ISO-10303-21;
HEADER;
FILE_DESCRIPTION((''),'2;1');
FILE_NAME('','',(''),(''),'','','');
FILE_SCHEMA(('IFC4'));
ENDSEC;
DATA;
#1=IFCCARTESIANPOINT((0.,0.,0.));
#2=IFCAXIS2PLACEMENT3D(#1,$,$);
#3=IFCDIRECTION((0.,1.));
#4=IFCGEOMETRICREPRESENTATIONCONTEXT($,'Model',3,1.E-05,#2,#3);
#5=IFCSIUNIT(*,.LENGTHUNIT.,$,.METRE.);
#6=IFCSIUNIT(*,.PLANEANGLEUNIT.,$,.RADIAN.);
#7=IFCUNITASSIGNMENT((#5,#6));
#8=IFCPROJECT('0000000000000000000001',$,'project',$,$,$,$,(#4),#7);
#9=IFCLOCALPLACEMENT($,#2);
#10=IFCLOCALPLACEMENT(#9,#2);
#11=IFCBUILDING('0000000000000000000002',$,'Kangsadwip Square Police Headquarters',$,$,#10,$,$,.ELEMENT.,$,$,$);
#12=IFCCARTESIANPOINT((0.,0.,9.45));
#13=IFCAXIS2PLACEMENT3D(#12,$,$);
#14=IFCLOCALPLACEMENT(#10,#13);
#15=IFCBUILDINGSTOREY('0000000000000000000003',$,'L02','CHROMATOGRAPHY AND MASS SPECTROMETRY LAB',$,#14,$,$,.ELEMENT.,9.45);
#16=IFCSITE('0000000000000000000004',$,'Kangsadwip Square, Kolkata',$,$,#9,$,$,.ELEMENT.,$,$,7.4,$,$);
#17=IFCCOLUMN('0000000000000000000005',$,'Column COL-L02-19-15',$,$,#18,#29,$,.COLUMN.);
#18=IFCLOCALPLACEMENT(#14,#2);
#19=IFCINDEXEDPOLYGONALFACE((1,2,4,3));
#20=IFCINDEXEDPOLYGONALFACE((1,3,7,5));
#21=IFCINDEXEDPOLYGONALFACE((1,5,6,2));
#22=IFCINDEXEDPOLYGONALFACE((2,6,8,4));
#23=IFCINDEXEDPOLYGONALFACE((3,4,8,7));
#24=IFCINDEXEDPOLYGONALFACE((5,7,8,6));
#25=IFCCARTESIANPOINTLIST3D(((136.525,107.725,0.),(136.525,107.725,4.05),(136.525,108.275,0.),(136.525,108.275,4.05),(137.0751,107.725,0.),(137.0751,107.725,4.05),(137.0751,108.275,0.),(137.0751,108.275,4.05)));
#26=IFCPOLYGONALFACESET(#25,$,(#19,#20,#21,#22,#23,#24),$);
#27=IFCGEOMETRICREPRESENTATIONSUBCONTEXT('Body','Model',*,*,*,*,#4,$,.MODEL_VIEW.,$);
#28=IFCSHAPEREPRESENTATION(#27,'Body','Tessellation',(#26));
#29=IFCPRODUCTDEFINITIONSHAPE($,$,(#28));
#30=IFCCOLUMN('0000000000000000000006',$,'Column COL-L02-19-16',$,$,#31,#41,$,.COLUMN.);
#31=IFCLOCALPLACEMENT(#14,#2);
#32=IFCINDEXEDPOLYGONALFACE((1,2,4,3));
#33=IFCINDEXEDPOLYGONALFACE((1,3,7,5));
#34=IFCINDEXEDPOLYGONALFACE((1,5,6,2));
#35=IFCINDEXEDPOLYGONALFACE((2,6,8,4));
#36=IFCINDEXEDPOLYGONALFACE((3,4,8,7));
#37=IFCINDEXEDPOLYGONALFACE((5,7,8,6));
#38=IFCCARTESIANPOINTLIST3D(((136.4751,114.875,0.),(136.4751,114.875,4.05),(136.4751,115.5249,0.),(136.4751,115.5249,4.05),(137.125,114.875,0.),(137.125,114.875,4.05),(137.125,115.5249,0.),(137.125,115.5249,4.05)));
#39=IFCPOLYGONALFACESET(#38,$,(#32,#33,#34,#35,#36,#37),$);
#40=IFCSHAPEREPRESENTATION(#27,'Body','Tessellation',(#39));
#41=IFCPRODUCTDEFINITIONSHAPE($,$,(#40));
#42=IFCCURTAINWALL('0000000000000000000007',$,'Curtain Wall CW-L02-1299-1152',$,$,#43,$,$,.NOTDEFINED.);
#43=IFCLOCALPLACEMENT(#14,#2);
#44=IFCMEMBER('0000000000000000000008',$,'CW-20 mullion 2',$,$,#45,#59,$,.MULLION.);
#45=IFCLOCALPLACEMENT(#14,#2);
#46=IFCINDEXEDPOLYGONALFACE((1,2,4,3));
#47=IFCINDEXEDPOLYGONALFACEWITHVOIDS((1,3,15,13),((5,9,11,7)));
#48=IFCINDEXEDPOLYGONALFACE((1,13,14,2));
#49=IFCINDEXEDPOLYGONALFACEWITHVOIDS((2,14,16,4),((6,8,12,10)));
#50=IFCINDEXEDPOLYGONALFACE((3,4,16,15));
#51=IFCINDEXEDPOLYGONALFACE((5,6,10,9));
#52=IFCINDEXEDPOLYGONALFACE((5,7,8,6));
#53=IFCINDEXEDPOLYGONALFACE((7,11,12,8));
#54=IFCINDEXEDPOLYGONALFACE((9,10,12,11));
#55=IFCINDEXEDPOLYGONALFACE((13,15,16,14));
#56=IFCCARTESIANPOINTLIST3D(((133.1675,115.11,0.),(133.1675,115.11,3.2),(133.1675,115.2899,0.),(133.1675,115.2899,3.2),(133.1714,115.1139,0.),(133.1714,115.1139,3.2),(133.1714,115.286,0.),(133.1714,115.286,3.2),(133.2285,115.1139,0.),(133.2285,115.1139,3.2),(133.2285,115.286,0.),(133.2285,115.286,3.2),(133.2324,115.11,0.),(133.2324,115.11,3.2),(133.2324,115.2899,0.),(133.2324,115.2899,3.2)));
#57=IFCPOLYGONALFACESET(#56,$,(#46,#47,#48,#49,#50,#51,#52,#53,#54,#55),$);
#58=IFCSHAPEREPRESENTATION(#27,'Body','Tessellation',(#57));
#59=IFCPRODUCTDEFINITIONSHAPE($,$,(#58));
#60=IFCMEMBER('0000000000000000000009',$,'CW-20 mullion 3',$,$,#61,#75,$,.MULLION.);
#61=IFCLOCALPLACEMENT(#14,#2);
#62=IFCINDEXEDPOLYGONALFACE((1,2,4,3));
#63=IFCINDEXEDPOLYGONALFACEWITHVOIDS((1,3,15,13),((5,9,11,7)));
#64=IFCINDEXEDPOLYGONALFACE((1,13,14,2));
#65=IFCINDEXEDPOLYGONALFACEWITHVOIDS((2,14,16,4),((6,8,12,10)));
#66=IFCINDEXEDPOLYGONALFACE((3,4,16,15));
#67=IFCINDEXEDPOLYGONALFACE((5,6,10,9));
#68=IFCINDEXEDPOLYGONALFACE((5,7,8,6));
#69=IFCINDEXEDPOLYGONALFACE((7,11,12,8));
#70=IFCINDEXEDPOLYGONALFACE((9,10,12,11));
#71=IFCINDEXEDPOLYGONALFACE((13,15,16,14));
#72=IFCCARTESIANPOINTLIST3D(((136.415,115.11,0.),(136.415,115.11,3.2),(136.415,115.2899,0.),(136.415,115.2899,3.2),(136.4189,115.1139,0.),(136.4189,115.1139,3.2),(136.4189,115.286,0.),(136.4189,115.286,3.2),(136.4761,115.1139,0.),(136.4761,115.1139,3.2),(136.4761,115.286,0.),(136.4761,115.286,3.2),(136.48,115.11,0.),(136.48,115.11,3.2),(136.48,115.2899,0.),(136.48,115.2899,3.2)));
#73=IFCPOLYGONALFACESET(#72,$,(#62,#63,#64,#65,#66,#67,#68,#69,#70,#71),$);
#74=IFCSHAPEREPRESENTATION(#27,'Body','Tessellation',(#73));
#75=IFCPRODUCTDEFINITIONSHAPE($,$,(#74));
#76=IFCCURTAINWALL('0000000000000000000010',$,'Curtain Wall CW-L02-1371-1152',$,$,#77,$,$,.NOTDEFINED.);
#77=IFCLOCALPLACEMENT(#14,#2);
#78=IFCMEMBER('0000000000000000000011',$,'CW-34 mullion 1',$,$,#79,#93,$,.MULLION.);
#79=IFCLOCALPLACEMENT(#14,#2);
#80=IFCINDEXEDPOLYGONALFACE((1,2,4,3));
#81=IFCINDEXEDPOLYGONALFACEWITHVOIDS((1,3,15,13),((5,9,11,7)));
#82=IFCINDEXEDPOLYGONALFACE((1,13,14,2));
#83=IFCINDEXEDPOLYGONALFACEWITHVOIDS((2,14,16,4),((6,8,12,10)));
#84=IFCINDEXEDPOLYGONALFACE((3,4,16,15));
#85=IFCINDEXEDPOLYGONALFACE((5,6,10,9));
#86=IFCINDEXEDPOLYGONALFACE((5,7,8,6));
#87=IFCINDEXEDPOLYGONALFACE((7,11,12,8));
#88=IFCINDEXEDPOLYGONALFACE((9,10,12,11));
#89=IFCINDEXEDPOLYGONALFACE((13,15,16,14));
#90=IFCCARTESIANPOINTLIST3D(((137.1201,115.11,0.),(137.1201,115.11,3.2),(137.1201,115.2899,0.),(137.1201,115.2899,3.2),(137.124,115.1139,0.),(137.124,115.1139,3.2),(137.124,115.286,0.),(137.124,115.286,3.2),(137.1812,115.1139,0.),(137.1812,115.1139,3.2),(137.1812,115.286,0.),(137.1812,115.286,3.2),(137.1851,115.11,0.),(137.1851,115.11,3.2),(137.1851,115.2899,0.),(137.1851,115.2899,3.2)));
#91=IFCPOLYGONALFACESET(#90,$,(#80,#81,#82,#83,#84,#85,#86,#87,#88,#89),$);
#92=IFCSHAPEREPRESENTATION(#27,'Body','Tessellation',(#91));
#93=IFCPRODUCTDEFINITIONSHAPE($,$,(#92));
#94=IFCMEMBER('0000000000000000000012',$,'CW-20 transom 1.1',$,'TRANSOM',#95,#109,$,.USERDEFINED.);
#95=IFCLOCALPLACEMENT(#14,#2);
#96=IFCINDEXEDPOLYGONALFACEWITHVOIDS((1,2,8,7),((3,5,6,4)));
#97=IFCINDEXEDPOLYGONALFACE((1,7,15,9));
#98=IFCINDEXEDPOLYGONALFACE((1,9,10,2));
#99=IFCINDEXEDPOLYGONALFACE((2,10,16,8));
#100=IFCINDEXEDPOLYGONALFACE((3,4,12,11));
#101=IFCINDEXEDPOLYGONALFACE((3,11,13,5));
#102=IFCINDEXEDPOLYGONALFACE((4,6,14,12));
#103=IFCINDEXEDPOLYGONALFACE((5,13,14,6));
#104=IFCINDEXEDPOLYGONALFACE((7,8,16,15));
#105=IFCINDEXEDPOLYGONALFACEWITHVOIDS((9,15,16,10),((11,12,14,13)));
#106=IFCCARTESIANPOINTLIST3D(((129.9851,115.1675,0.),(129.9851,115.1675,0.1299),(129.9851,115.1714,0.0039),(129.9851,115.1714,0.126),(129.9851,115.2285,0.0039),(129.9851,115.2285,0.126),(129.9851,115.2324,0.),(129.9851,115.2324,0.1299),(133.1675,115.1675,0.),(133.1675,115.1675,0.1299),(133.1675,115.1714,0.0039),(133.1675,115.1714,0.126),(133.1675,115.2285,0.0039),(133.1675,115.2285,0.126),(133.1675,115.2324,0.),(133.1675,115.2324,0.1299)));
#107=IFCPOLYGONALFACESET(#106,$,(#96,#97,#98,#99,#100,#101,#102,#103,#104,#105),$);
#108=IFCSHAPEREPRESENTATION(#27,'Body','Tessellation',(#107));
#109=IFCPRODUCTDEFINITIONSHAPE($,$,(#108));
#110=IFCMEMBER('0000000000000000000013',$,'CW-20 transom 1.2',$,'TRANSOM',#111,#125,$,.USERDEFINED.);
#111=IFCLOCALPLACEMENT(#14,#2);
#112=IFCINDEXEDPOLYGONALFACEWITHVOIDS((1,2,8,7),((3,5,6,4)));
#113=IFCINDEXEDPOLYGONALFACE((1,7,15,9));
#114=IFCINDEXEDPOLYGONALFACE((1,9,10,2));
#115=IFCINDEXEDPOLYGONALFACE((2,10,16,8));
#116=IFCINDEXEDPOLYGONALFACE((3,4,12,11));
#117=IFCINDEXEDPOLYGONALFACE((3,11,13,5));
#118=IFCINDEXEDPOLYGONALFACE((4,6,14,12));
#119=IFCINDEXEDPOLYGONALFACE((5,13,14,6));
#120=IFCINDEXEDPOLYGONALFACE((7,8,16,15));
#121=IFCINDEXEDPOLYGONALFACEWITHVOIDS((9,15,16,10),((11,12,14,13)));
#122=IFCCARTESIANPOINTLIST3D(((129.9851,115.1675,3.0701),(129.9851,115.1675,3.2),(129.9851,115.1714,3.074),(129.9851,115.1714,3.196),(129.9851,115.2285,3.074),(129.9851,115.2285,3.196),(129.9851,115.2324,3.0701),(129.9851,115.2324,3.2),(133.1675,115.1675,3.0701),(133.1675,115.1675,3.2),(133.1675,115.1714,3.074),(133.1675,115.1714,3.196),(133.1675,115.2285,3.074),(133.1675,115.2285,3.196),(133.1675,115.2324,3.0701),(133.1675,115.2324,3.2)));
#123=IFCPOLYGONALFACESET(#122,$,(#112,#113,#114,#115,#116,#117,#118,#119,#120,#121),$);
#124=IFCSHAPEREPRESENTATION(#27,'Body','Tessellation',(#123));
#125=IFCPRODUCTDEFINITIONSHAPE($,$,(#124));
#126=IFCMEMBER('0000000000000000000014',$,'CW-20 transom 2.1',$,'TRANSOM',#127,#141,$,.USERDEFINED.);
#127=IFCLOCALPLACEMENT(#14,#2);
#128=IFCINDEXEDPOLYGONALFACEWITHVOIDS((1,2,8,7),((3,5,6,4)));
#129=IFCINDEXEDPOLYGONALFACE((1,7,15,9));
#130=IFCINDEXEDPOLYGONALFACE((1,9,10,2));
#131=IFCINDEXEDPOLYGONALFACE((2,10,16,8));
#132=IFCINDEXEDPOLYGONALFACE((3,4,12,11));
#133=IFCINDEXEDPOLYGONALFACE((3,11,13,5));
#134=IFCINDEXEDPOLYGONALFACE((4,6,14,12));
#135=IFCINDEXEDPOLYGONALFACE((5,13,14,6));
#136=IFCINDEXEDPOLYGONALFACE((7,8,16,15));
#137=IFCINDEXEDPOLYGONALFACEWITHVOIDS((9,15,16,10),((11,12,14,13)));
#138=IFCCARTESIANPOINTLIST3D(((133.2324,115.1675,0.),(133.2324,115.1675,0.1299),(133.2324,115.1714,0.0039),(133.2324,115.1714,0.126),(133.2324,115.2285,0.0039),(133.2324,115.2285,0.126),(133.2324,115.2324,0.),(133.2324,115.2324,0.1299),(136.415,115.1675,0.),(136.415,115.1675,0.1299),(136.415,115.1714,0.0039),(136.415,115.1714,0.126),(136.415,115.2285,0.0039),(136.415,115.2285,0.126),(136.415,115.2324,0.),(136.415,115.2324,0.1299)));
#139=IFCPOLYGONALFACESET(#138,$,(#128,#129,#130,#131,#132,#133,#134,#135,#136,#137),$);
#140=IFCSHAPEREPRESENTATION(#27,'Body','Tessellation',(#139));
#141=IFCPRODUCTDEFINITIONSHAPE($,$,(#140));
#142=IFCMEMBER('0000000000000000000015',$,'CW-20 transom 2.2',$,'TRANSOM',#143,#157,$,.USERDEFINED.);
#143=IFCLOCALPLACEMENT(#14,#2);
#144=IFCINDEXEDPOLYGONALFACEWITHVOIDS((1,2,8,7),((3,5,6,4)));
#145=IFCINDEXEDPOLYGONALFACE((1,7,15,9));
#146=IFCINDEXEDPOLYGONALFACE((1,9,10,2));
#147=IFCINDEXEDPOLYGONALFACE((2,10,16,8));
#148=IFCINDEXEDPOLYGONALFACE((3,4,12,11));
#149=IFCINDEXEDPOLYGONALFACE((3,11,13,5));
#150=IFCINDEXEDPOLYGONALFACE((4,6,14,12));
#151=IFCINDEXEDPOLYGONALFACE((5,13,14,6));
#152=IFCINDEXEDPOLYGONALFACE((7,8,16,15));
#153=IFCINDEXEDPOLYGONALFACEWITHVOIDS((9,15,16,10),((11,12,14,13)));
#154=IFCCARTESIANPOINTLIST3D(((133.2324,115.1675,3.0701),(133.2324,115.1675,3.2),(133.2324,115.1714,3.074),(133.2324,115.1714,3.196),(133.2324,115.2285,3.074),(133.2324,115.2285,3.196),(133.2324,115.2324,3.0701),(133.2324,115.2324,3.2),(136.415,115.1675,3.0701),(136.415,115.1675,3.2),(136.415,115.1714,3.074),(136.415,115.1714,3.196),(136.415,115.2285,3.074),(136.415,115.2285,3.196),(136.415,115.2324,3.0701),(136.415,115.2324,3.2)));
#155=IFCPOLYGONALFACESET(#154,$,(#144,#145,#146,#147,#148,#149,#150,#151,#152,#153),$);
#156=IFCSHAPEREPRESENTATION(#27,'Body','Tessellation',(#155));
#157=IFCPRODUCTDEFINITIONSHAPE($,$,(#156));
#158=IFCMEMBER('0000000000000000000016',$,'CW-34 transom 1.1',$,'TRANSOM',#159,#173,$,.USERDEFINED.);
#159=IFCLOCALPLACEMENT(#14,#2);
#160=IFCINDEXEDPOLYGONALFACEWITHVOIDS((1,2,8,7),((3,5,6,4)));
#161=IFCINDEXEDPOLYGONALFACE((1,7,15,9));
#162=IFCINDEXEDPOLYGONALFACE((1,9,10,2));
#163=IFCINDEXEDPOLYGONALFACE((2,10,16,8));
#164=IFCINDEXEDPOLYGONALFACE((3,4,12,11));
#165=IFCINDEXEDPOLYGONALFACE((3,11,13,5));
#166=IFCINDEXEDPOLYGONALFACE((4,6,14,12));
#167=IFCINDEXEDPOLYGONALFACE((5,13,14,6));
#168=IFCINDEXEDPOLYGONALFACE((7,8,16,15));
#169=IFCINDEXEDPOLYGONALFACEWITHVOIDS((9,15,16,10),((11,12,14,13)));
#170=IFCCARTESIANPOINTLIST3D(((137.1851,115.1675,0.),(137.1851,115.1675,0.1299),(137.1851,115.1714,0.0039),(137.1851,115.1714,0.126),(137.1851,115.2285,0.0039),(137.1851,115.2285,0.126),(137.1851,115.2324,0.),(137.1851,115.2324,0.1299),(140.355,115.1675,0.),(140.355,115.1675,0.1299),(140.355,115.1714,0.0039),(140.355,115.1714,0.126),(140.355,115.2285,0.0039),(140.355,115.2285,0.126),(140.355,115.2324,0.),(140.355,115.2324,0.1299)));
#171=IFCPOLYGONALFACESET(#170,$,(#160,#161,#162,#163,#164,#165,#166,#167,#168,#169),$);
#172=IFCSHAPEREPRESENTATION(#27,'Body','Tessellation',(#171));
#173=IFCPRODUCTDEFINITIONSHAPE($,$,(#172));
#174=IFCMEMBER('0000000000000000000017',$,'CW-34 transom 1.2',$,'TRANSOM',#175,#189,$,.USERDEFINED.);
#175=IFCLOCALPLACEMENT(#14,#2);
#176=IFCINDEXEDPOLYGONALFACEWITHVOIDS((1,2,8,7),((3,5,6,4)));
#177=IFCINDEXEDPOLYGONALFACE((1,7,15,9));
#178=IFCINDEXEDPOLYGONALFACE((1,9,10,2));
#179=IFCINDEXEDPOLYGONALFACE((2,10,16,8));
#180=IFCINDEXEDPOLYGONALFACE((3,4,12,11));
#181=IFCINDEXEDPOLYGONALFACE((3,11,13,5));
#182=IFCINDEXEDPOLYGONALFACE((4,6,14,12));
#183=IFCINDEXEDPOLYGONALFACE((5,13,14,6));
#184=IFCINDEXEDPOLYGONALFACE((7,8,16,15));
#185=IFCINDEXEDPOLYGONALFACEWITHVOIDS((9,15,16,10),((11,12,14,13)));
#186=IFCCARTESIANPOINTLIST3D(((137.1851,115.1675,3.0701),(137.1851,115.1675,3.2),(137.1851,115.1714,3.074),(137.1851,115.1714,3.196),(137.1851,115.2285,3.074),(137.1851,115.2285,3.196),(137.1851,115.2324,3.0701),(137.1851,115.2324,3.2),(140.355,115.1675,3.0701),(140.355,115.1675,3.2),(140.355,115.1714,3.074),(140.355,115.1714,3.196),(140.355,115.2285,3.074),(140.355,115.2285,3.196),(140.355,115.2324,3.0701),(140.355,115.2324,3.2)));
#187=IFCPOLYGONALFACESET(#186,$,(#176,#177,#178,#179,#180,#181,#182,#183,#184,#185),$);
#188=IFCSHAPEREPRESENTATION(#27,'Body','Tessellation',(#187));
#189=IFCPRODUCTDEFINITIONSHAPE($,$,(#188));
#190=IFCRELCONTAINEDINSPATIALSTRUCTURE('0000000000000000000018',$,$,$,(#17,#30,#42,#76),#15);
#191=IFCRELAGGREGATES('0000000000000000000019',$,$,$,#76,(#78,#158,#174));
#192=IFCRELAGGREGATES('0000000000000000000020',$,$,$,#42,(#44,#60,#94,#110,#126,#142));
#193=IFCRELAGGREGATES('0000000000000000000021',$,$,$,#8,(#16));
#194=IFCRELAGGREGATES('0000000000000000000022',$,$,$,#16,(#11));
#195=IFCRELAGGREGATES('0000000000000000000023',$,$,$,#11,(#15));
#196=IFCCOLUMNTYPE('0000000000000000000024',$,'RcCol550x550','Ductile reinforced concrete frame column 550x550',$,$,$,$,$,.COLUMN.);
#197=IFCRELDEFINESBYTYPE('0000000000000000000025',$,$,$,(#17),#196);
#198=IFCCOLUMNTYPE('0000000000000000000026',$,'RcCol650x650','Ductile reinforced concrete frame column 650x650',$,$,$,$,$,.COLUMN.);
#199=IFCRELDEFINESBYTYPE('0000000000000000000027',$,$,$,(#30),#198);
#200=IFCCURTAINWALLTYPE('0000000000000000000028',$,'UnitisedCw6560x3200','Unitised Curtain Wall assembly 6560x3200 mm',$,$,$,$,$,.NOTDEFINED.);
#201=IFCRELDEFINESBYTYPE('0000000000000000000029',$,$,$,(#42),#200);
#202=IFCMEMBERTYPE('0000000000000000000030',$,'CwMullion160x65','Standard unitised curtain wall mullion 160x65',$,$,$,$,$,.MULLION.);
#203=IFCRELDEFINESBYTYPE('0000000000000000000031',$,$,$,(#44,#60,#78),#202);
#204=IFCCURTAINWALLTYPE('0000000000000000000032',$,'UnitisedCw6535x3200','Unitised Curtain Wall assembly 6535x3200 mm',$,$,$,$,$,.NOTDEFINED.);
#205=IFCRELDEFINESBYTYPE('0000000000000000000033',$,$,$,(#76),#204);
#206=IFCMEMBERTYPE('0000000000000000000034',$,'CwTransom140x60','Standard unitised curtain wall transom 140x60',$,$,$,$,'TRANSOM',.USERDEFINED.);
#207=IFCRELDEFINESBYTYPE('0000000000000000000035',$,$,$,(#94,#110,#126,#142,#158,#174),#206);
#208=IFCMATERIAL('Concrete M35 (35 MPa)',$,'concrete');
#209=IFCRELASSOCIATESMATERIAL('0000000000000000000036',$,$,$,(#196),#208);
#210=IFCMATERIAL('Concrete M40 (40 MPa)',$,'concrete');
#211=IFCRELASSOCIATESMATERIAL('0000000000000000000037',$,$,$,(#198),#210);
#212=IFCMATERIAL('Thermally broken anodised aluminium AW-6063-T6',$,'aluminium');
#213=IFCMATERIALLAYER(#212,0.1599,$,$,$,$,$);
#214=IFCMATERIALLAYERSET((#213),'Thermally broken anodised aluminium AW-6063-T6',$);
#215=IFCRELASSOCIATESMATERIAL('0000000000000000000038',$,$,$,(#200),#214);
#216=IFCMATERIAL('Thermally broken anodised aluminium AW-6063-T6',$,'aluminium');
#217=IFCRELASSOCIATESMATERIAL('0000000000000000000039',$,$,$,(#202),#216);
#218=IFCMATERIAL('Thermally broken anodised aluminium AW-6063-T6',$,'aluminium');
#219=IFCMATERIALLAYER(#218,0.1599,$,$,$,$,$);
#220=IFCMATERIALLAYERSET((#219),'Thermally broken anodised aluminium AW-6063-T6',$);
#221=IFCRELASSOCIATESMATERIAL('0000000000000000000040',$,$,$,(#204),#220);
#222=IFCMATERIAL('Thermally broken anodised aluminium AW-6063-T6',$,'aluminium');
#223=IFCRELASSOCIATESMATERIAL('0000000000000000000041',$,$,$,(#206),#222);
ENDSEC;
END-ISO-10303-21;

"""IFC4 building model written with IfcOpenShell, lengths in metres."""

from ifc_helpers import new_model, si_unit, direction, frame, origin, origin_2d, place, context, subcontext, project, spatial, rectangle, hollow_rectangle, extrude, material, layer, layer_set, material_profile, profile_set, type_object, element, aggregate, save


model = new_model("IFC4")

# Units and contexts
model_context = context("Model", 3, precision=1e-05, world=origin(), true_north=direction((0.0, 1.0)))
body_context = subcontext(model_context, "Body", "Model", "MODEL_VIEW")
ifc_project = project(units=[si_unit("LENGTHUNIT", "METRE"), si_unit("PLANEANGLEUNIT", "RADIAN")], contexts=[model_context])

# Site, building, storey
site_placement = place(None, origin())
site = spatial("IfcSite", under=ifc_project, at=site_placement, Name="Kangsadwip Square, Kolkata", CompositionType="ELEMENT", RefElevation=7.4)
building_placement = place(site_placement, origin())
building = spatial("IfcBuilding", under=site, at=building_placement, Name="Kangsadwip Square Police Headquarters", CompositionType="ELEMENT")
storey_placement = place(building_placement, frame((0.0, 0.0, 9.45)))
storey = spatial("IfcBuildingStorey", under=building, at=storey_placement, Name="L02", Description="CHROMATOGRAPHY AND MASS SPECTROMETRY LAB", CompositionType="ELEMENT", Elevation=9.45)

# Columns
ifc_material_1 = material(Name="Concrete M35 (35 MPa)", Category="concrete")
ifc_material_profile_1 = material_profile(ifc_material_1, rectangle(XDim=0.55, YDim=0.55, at=origin_2d()), Name="RC COL 550X550")
ifc_profile_set_1 = profile_set([ifc_material_profile_1], Name="Concrete M35 (35 MPa)")
column_type_1 = type_object("IfcColumnType", Name="RcCol550x550", Description="Ductile reinforced concrete frame column 550x550", PredefinedType="COLUMN", material=ifc_profile_set_1)
column_1_placement = place(storey_placement, frame((136.8, 108.0, 0.0), z_axis=(0.0, 0.0, 1.0), x_axis=(1.0, 0.0, 0.0)))
element("IfcColumn", 1, at=column_1_placement, inside=storey, type_object=column_type_1, Name="Column COL-L02-19-15", PredefinedType="COLUMN", context=body_context, shape_type="SweptSolid", body=[
    extrude(rectangle(XDim=0.55, YDim=0.55, at=origin_2d()), origin(), (0.0, 0.0, 1.0), 4.05),
])
ifc_material_2 = material(Name="Concrete M40 (40 MPa)", Category="concrete")
ifc_material_profile_2 = material_profile(ifc_material_2, rectangle(XDim=0.6499, YDim=0.6499, at=origin_2d()), Name="RC COL 650X650")
ifc_profile_set_2 = profile_set([ifc_material_profile_2], Name="Concrete M40 (40 MPa)")
column_type_2 = type_object("IfcColumnType", Name="RcCol650x650", Description="Ductile reinforced concrete frame column 650x650", PredefinedType="COLUMN", material=ifc_profile_set_2)
column_2_placement = place(storey_placement, frame((136.8, 115.2, 0.0), z_axis=(0.0, 0.0, 1.0), x_axis=(1.0, 0.0, 0.0)))
element("IfcColumn", 2, at=column_2_placement, inside=storey, type_object=column_type_2, Name="Column COL-L02-19-16", PredefinedType="COLUMN", context=body_context, shape_type="SweptSolid", body=[
    extrude(rectangle(XDim=0.6499, YDim=0.6499, at=origin_2d()), origin(), (0.0, 0.0, 1.0), 4.05),
])

# Curtain wall, members
ifc_material_3 = material(Name="Thermally broken anodised aluminium AW-6063-T6", Category="aluminium")
ifc_layer_1 = layer(ifc_material_3, 0.1599)
ifc_layer_set_1 = layer_set([ifc_layer_1], Name="Thermally broken anodised aluminium AW-6063-T6")
curtain_wall_type_1 = type_object("IfcCurtainWallType", Name="UnitisedCw6560x3200", Description="Unitised Curtain Wall assembly 6560x3200 mm", PredefinedType="NOTDEFINED", material=ifc_layer_set_1)
curtain_wall_1_placement = place(storey_placement, origin())
curtain_wall_1 = element("IfcCurtainWall", 3, at=curtain_wall_1_placement, inside=storey, type_object=curtain_wall_type_1, Name="Curtain Wall CW-L02-1299-1152", PredefinedType="NOTDEFINED")
ifc_material_4 = material(Name="Thermally broken anodised aluminium AW-6063-T6", Category="aluminium")
ifc_material_profile_3 = material_profile(ifc_material_4, hollow_rectangle(XDim=0.0649, YDim=0.1799, WallThickness=0.0039, at=origin_2d()), Name="CWM 180X65X4")
ifc_profile_set_3 = profile_set([ifc_material_profile_3], Name="Thermally broken anodised aluminium AW-6063-T6")
member_type_1 = type_object("IfcMemberType", Name="CwMullion160x65", Description="Standard unitised curtain wall mullion 160x65", PredefinedType="MULLION", material=ifc_profile_set_3)
member_1_placement = place(storey_placement, frame((133.2, 115.2, 0.0), z_axis=(0.0, 0.0, 1.0), x_axis=(1.0, 0.0, 0.0)))
member_1 = element("IfcMember", 4, at=member_1_placement, type_object=member_type_1, Name="CW-20 mullion 2", PredefinedType="MULLION", context=body_context, shape_type="SweptSolid", body=[
    extrude(hollow_rectangle(XDim=0.0649, YDim=0.1799, WallThickness=0.0039, at=origin_2d()), origin(), (0.0, 0.0, 1.0), 3.2),
])
member_2_placement = place(storey_placement, frame((136.4475, 115.2, 0.0), z_axis=(0.0, 0.0, 1.0), x_axis=(1.0, 0.0, 0.0)))
member_2 = element("IfcMember", 5, at=member_2_placement, type_object=member_type_1, Name="CW-20 mullion 3", PredefinedType="MULLION", context=body_context, shape_type="SweptSolid", body=[
    extrude(hollow_rectangle(XDim=0.0649, YDim=0.1799, WallThickness=0.0039, at=origin_2d()), origin(), (0.0, 0.0, 1.0), 3.2),
])

# Curtain wall, member
ifc_material_5 = material(Name="Thermally broken anodised aluminium AW-6063-T6", Category="aluminium")
ifc_layer_2 = layer(ifc_material_5, 0.1599)
ifc_layer_set_2 = layer_set([ifc_layer_2], Name="Thermally broken anodised aluminium AW-6063-T6")
curtain_wall_type_2 = type_object("IfcCurtainWallType", Name="UnitisedCw6535x3200", Description="Unitised Curtain Wall assembly 6535x3200 mm", PredefinedType="NOTDEFINED", material=ifc_layer_set_2)
curtain_wall_2_placement = place(storey_placement, origin())
curtain_wall_2 = element("IfcCurtainWall", 6, at=curtain_wall_2_placement, inside=storey, type_object=curtain_wall_type_2, Name="Curtain Wall CW-L02-1371-1152", PredefinedType="NOTDEFINED")
member_3_placement = place(storey_placement, frame((137.1526, 115.2, 0.0), z_axis=(0.0, 0.0, 1.0), x_axis=(1.0, 0.0, 0.0)))
member_3 = element("IfcMember", 7, at=member_3_placement, type_object=member_type_1, Name="CW-34 mullion 1", PredefinedType="MULLION", context=body_context, shape_type="SweptSolid", body=[
    extrude(hollow_rectangle(XDim=0.0649, YDim=0.1799, WallThickness=0.0039, at=origin_2d()), origin(), (0.0, 0.0, 1.0), 3.2),
])

# Members
ifc_material_6 = material(Name="Thermally broken anodised aluminium AW-6063-T6", Category="aluminium")
ifc_material_profile_4 = material_profile(ifc_material_6, hollow_rectangle(XDim=0.0649, YDim=0.1299, WallThickness=0.0039, at=origin_2d()), Name="CWT 130X65X4")
ifc_profile_set_4 = profile_set([ifc_material_profile_4], Name="Thermally broken anodised aluminium AW-6063-T6")
member_type_2 = type_object("IfcMemberType", Name="CwTransom140x60", Description="Standard unitised curtain wall transom 140x60", ElementType="TRANSOM", PredefinedType="USERDEFINED", material=ifc_profile_set_4)
member_4_placement = place(storey_placement, frame((129.9851, 115.2, 0.0649), z_axis=(1.0, 0.0, 0.0), x_axis=(0.0, 1.0, 0.0)))
member_4 = element("IfcMember", 8, at=member_4_placement, type_object=member_type_2, Name="CW-20 transom 1.1", ObjectType="TRANSOM", PredefinedType="USERDEFINED", context=body_context, shape_type="SweptSolid", body=[
    extrude(hollow_rectangle(XDim=0.0649, YDim=0.1299, WallThickness=0.0039, at=origin_2d()), origin(), (0.0, 0.0, 1.0), 3.1824),
])
member_5_placement = place(storey_placement, frame((129.9851, 115.2, 3.135), z_axis=(1.0, 0.0, 0.0), x_axis=(0.0, 1.0, 0.0)))
member_5 = element("IfcMember", 9, at=member_5_placement, type_object=member_type_2, Name="CW-20 transom 1.2", ObjectType="TRANSOM", PredefinedType="USERDEFINED", context=body_context, shape_type="SweptSolid", body=[
    extrude(hollow_rectangle(XDim=0.0649, YDim=0.1299, WallThickness=0.0039, at=origin_2d()), origin(), (0.0, 0.0, 1.0), 3.1824),
])
member_6_placement = place(storey_placement, frame((133.2324, 115.2, 0.0649), z_axis=(1.0, 0.0, 0.0), x_axis=(0.0, 1.0, 0.0)))
member_6 = element("IfcMember", 10, at=member_6_placement, type_object=member_type_2, Name="CW-20 transom 2.1", ObjectType="TRANSOM", PredefinedType="USERDEFINED", context=body_context, shape_type="SweptSolid", body=[
    extrude(hollow_rectangle(XDim=0.0649, YDim=0.1299, WallThickness=0.0039, at=origin_2d()), origin(), (0.0, 0.0, 1.0), 3.1826),
])
member_7_placement = place(storey_placement, frame((133.2324, 115.2, 3.135), z_axis=(1.0, 0.0, 0.0), x_axis=(0.0, 1.0, 0.0)))
member_7 = element("IfcMember", 11, at=member_7_placement, type_object=member_type_2, Name="CW-20 transom 2.2", ObjectType="TRANSOM", PredefinedType="USERDEFINED", context=body_context, shape_type="SweptSolid", body=[
    extrude(hollow_rectangle(XDim=0.0649, YDim=0.1299, WallThickness=0.0039, at=origin_2d()), origin(), (0.0, 0.0, 1.0), 3.1826),
])
member_8_placement = place(storey_placement, frame((137.1851, 115.2, 0.0649), z_axis=(1.0, 0.0, 0.0), x_axis=(0.0, 1.0, 0.0)))
member_8 = element("IfcMember", 12, at=member_8_placement, type_object=member_type_2, Name="CW-34 transom 1.1", ObjectType="TRANSOM", PredefinedType="USERDEFINED", context=body_context, shape_type="SweptSolid", body=[
    extrude(hollow_rectangle(XDim=0.0649, YDim=0.1299, WallThickness=0.0039, at=origin_2d()), origin(), (0.0, 0.0, 1.0), 3.1699),
])
member_9_placement = place(storey_placement, frame((137.1851, 115.2, 3.135), z_axis=(1.0, 0.0, 0.0), x_axis=(0.0, 1.0, 0.0)))
member_9 = element("IfcMember", 13, at=member_9_placement, type_object=member_type_2, Name="CW-34 transom 1.2", ObjectType="TRANSOM", PredefinedType="USERDEFINED", context=body_context, shape_type="SweptSolid", body=[
    extrude(hollow_rectangle(XDim=0.0649, YDim=0.1299, WallThickness=0.0039, at=origin_2d()), origin(), (0.0, 0.0, 1.0), 3.1699),
])
aggregate(curtain_wall_2, [member_3, member_8, member_9])

aggregate(curtain_wall_1, [member_1, member_2, member_4, member_5, member_6, member_7])

save(model, "model.ifc")
